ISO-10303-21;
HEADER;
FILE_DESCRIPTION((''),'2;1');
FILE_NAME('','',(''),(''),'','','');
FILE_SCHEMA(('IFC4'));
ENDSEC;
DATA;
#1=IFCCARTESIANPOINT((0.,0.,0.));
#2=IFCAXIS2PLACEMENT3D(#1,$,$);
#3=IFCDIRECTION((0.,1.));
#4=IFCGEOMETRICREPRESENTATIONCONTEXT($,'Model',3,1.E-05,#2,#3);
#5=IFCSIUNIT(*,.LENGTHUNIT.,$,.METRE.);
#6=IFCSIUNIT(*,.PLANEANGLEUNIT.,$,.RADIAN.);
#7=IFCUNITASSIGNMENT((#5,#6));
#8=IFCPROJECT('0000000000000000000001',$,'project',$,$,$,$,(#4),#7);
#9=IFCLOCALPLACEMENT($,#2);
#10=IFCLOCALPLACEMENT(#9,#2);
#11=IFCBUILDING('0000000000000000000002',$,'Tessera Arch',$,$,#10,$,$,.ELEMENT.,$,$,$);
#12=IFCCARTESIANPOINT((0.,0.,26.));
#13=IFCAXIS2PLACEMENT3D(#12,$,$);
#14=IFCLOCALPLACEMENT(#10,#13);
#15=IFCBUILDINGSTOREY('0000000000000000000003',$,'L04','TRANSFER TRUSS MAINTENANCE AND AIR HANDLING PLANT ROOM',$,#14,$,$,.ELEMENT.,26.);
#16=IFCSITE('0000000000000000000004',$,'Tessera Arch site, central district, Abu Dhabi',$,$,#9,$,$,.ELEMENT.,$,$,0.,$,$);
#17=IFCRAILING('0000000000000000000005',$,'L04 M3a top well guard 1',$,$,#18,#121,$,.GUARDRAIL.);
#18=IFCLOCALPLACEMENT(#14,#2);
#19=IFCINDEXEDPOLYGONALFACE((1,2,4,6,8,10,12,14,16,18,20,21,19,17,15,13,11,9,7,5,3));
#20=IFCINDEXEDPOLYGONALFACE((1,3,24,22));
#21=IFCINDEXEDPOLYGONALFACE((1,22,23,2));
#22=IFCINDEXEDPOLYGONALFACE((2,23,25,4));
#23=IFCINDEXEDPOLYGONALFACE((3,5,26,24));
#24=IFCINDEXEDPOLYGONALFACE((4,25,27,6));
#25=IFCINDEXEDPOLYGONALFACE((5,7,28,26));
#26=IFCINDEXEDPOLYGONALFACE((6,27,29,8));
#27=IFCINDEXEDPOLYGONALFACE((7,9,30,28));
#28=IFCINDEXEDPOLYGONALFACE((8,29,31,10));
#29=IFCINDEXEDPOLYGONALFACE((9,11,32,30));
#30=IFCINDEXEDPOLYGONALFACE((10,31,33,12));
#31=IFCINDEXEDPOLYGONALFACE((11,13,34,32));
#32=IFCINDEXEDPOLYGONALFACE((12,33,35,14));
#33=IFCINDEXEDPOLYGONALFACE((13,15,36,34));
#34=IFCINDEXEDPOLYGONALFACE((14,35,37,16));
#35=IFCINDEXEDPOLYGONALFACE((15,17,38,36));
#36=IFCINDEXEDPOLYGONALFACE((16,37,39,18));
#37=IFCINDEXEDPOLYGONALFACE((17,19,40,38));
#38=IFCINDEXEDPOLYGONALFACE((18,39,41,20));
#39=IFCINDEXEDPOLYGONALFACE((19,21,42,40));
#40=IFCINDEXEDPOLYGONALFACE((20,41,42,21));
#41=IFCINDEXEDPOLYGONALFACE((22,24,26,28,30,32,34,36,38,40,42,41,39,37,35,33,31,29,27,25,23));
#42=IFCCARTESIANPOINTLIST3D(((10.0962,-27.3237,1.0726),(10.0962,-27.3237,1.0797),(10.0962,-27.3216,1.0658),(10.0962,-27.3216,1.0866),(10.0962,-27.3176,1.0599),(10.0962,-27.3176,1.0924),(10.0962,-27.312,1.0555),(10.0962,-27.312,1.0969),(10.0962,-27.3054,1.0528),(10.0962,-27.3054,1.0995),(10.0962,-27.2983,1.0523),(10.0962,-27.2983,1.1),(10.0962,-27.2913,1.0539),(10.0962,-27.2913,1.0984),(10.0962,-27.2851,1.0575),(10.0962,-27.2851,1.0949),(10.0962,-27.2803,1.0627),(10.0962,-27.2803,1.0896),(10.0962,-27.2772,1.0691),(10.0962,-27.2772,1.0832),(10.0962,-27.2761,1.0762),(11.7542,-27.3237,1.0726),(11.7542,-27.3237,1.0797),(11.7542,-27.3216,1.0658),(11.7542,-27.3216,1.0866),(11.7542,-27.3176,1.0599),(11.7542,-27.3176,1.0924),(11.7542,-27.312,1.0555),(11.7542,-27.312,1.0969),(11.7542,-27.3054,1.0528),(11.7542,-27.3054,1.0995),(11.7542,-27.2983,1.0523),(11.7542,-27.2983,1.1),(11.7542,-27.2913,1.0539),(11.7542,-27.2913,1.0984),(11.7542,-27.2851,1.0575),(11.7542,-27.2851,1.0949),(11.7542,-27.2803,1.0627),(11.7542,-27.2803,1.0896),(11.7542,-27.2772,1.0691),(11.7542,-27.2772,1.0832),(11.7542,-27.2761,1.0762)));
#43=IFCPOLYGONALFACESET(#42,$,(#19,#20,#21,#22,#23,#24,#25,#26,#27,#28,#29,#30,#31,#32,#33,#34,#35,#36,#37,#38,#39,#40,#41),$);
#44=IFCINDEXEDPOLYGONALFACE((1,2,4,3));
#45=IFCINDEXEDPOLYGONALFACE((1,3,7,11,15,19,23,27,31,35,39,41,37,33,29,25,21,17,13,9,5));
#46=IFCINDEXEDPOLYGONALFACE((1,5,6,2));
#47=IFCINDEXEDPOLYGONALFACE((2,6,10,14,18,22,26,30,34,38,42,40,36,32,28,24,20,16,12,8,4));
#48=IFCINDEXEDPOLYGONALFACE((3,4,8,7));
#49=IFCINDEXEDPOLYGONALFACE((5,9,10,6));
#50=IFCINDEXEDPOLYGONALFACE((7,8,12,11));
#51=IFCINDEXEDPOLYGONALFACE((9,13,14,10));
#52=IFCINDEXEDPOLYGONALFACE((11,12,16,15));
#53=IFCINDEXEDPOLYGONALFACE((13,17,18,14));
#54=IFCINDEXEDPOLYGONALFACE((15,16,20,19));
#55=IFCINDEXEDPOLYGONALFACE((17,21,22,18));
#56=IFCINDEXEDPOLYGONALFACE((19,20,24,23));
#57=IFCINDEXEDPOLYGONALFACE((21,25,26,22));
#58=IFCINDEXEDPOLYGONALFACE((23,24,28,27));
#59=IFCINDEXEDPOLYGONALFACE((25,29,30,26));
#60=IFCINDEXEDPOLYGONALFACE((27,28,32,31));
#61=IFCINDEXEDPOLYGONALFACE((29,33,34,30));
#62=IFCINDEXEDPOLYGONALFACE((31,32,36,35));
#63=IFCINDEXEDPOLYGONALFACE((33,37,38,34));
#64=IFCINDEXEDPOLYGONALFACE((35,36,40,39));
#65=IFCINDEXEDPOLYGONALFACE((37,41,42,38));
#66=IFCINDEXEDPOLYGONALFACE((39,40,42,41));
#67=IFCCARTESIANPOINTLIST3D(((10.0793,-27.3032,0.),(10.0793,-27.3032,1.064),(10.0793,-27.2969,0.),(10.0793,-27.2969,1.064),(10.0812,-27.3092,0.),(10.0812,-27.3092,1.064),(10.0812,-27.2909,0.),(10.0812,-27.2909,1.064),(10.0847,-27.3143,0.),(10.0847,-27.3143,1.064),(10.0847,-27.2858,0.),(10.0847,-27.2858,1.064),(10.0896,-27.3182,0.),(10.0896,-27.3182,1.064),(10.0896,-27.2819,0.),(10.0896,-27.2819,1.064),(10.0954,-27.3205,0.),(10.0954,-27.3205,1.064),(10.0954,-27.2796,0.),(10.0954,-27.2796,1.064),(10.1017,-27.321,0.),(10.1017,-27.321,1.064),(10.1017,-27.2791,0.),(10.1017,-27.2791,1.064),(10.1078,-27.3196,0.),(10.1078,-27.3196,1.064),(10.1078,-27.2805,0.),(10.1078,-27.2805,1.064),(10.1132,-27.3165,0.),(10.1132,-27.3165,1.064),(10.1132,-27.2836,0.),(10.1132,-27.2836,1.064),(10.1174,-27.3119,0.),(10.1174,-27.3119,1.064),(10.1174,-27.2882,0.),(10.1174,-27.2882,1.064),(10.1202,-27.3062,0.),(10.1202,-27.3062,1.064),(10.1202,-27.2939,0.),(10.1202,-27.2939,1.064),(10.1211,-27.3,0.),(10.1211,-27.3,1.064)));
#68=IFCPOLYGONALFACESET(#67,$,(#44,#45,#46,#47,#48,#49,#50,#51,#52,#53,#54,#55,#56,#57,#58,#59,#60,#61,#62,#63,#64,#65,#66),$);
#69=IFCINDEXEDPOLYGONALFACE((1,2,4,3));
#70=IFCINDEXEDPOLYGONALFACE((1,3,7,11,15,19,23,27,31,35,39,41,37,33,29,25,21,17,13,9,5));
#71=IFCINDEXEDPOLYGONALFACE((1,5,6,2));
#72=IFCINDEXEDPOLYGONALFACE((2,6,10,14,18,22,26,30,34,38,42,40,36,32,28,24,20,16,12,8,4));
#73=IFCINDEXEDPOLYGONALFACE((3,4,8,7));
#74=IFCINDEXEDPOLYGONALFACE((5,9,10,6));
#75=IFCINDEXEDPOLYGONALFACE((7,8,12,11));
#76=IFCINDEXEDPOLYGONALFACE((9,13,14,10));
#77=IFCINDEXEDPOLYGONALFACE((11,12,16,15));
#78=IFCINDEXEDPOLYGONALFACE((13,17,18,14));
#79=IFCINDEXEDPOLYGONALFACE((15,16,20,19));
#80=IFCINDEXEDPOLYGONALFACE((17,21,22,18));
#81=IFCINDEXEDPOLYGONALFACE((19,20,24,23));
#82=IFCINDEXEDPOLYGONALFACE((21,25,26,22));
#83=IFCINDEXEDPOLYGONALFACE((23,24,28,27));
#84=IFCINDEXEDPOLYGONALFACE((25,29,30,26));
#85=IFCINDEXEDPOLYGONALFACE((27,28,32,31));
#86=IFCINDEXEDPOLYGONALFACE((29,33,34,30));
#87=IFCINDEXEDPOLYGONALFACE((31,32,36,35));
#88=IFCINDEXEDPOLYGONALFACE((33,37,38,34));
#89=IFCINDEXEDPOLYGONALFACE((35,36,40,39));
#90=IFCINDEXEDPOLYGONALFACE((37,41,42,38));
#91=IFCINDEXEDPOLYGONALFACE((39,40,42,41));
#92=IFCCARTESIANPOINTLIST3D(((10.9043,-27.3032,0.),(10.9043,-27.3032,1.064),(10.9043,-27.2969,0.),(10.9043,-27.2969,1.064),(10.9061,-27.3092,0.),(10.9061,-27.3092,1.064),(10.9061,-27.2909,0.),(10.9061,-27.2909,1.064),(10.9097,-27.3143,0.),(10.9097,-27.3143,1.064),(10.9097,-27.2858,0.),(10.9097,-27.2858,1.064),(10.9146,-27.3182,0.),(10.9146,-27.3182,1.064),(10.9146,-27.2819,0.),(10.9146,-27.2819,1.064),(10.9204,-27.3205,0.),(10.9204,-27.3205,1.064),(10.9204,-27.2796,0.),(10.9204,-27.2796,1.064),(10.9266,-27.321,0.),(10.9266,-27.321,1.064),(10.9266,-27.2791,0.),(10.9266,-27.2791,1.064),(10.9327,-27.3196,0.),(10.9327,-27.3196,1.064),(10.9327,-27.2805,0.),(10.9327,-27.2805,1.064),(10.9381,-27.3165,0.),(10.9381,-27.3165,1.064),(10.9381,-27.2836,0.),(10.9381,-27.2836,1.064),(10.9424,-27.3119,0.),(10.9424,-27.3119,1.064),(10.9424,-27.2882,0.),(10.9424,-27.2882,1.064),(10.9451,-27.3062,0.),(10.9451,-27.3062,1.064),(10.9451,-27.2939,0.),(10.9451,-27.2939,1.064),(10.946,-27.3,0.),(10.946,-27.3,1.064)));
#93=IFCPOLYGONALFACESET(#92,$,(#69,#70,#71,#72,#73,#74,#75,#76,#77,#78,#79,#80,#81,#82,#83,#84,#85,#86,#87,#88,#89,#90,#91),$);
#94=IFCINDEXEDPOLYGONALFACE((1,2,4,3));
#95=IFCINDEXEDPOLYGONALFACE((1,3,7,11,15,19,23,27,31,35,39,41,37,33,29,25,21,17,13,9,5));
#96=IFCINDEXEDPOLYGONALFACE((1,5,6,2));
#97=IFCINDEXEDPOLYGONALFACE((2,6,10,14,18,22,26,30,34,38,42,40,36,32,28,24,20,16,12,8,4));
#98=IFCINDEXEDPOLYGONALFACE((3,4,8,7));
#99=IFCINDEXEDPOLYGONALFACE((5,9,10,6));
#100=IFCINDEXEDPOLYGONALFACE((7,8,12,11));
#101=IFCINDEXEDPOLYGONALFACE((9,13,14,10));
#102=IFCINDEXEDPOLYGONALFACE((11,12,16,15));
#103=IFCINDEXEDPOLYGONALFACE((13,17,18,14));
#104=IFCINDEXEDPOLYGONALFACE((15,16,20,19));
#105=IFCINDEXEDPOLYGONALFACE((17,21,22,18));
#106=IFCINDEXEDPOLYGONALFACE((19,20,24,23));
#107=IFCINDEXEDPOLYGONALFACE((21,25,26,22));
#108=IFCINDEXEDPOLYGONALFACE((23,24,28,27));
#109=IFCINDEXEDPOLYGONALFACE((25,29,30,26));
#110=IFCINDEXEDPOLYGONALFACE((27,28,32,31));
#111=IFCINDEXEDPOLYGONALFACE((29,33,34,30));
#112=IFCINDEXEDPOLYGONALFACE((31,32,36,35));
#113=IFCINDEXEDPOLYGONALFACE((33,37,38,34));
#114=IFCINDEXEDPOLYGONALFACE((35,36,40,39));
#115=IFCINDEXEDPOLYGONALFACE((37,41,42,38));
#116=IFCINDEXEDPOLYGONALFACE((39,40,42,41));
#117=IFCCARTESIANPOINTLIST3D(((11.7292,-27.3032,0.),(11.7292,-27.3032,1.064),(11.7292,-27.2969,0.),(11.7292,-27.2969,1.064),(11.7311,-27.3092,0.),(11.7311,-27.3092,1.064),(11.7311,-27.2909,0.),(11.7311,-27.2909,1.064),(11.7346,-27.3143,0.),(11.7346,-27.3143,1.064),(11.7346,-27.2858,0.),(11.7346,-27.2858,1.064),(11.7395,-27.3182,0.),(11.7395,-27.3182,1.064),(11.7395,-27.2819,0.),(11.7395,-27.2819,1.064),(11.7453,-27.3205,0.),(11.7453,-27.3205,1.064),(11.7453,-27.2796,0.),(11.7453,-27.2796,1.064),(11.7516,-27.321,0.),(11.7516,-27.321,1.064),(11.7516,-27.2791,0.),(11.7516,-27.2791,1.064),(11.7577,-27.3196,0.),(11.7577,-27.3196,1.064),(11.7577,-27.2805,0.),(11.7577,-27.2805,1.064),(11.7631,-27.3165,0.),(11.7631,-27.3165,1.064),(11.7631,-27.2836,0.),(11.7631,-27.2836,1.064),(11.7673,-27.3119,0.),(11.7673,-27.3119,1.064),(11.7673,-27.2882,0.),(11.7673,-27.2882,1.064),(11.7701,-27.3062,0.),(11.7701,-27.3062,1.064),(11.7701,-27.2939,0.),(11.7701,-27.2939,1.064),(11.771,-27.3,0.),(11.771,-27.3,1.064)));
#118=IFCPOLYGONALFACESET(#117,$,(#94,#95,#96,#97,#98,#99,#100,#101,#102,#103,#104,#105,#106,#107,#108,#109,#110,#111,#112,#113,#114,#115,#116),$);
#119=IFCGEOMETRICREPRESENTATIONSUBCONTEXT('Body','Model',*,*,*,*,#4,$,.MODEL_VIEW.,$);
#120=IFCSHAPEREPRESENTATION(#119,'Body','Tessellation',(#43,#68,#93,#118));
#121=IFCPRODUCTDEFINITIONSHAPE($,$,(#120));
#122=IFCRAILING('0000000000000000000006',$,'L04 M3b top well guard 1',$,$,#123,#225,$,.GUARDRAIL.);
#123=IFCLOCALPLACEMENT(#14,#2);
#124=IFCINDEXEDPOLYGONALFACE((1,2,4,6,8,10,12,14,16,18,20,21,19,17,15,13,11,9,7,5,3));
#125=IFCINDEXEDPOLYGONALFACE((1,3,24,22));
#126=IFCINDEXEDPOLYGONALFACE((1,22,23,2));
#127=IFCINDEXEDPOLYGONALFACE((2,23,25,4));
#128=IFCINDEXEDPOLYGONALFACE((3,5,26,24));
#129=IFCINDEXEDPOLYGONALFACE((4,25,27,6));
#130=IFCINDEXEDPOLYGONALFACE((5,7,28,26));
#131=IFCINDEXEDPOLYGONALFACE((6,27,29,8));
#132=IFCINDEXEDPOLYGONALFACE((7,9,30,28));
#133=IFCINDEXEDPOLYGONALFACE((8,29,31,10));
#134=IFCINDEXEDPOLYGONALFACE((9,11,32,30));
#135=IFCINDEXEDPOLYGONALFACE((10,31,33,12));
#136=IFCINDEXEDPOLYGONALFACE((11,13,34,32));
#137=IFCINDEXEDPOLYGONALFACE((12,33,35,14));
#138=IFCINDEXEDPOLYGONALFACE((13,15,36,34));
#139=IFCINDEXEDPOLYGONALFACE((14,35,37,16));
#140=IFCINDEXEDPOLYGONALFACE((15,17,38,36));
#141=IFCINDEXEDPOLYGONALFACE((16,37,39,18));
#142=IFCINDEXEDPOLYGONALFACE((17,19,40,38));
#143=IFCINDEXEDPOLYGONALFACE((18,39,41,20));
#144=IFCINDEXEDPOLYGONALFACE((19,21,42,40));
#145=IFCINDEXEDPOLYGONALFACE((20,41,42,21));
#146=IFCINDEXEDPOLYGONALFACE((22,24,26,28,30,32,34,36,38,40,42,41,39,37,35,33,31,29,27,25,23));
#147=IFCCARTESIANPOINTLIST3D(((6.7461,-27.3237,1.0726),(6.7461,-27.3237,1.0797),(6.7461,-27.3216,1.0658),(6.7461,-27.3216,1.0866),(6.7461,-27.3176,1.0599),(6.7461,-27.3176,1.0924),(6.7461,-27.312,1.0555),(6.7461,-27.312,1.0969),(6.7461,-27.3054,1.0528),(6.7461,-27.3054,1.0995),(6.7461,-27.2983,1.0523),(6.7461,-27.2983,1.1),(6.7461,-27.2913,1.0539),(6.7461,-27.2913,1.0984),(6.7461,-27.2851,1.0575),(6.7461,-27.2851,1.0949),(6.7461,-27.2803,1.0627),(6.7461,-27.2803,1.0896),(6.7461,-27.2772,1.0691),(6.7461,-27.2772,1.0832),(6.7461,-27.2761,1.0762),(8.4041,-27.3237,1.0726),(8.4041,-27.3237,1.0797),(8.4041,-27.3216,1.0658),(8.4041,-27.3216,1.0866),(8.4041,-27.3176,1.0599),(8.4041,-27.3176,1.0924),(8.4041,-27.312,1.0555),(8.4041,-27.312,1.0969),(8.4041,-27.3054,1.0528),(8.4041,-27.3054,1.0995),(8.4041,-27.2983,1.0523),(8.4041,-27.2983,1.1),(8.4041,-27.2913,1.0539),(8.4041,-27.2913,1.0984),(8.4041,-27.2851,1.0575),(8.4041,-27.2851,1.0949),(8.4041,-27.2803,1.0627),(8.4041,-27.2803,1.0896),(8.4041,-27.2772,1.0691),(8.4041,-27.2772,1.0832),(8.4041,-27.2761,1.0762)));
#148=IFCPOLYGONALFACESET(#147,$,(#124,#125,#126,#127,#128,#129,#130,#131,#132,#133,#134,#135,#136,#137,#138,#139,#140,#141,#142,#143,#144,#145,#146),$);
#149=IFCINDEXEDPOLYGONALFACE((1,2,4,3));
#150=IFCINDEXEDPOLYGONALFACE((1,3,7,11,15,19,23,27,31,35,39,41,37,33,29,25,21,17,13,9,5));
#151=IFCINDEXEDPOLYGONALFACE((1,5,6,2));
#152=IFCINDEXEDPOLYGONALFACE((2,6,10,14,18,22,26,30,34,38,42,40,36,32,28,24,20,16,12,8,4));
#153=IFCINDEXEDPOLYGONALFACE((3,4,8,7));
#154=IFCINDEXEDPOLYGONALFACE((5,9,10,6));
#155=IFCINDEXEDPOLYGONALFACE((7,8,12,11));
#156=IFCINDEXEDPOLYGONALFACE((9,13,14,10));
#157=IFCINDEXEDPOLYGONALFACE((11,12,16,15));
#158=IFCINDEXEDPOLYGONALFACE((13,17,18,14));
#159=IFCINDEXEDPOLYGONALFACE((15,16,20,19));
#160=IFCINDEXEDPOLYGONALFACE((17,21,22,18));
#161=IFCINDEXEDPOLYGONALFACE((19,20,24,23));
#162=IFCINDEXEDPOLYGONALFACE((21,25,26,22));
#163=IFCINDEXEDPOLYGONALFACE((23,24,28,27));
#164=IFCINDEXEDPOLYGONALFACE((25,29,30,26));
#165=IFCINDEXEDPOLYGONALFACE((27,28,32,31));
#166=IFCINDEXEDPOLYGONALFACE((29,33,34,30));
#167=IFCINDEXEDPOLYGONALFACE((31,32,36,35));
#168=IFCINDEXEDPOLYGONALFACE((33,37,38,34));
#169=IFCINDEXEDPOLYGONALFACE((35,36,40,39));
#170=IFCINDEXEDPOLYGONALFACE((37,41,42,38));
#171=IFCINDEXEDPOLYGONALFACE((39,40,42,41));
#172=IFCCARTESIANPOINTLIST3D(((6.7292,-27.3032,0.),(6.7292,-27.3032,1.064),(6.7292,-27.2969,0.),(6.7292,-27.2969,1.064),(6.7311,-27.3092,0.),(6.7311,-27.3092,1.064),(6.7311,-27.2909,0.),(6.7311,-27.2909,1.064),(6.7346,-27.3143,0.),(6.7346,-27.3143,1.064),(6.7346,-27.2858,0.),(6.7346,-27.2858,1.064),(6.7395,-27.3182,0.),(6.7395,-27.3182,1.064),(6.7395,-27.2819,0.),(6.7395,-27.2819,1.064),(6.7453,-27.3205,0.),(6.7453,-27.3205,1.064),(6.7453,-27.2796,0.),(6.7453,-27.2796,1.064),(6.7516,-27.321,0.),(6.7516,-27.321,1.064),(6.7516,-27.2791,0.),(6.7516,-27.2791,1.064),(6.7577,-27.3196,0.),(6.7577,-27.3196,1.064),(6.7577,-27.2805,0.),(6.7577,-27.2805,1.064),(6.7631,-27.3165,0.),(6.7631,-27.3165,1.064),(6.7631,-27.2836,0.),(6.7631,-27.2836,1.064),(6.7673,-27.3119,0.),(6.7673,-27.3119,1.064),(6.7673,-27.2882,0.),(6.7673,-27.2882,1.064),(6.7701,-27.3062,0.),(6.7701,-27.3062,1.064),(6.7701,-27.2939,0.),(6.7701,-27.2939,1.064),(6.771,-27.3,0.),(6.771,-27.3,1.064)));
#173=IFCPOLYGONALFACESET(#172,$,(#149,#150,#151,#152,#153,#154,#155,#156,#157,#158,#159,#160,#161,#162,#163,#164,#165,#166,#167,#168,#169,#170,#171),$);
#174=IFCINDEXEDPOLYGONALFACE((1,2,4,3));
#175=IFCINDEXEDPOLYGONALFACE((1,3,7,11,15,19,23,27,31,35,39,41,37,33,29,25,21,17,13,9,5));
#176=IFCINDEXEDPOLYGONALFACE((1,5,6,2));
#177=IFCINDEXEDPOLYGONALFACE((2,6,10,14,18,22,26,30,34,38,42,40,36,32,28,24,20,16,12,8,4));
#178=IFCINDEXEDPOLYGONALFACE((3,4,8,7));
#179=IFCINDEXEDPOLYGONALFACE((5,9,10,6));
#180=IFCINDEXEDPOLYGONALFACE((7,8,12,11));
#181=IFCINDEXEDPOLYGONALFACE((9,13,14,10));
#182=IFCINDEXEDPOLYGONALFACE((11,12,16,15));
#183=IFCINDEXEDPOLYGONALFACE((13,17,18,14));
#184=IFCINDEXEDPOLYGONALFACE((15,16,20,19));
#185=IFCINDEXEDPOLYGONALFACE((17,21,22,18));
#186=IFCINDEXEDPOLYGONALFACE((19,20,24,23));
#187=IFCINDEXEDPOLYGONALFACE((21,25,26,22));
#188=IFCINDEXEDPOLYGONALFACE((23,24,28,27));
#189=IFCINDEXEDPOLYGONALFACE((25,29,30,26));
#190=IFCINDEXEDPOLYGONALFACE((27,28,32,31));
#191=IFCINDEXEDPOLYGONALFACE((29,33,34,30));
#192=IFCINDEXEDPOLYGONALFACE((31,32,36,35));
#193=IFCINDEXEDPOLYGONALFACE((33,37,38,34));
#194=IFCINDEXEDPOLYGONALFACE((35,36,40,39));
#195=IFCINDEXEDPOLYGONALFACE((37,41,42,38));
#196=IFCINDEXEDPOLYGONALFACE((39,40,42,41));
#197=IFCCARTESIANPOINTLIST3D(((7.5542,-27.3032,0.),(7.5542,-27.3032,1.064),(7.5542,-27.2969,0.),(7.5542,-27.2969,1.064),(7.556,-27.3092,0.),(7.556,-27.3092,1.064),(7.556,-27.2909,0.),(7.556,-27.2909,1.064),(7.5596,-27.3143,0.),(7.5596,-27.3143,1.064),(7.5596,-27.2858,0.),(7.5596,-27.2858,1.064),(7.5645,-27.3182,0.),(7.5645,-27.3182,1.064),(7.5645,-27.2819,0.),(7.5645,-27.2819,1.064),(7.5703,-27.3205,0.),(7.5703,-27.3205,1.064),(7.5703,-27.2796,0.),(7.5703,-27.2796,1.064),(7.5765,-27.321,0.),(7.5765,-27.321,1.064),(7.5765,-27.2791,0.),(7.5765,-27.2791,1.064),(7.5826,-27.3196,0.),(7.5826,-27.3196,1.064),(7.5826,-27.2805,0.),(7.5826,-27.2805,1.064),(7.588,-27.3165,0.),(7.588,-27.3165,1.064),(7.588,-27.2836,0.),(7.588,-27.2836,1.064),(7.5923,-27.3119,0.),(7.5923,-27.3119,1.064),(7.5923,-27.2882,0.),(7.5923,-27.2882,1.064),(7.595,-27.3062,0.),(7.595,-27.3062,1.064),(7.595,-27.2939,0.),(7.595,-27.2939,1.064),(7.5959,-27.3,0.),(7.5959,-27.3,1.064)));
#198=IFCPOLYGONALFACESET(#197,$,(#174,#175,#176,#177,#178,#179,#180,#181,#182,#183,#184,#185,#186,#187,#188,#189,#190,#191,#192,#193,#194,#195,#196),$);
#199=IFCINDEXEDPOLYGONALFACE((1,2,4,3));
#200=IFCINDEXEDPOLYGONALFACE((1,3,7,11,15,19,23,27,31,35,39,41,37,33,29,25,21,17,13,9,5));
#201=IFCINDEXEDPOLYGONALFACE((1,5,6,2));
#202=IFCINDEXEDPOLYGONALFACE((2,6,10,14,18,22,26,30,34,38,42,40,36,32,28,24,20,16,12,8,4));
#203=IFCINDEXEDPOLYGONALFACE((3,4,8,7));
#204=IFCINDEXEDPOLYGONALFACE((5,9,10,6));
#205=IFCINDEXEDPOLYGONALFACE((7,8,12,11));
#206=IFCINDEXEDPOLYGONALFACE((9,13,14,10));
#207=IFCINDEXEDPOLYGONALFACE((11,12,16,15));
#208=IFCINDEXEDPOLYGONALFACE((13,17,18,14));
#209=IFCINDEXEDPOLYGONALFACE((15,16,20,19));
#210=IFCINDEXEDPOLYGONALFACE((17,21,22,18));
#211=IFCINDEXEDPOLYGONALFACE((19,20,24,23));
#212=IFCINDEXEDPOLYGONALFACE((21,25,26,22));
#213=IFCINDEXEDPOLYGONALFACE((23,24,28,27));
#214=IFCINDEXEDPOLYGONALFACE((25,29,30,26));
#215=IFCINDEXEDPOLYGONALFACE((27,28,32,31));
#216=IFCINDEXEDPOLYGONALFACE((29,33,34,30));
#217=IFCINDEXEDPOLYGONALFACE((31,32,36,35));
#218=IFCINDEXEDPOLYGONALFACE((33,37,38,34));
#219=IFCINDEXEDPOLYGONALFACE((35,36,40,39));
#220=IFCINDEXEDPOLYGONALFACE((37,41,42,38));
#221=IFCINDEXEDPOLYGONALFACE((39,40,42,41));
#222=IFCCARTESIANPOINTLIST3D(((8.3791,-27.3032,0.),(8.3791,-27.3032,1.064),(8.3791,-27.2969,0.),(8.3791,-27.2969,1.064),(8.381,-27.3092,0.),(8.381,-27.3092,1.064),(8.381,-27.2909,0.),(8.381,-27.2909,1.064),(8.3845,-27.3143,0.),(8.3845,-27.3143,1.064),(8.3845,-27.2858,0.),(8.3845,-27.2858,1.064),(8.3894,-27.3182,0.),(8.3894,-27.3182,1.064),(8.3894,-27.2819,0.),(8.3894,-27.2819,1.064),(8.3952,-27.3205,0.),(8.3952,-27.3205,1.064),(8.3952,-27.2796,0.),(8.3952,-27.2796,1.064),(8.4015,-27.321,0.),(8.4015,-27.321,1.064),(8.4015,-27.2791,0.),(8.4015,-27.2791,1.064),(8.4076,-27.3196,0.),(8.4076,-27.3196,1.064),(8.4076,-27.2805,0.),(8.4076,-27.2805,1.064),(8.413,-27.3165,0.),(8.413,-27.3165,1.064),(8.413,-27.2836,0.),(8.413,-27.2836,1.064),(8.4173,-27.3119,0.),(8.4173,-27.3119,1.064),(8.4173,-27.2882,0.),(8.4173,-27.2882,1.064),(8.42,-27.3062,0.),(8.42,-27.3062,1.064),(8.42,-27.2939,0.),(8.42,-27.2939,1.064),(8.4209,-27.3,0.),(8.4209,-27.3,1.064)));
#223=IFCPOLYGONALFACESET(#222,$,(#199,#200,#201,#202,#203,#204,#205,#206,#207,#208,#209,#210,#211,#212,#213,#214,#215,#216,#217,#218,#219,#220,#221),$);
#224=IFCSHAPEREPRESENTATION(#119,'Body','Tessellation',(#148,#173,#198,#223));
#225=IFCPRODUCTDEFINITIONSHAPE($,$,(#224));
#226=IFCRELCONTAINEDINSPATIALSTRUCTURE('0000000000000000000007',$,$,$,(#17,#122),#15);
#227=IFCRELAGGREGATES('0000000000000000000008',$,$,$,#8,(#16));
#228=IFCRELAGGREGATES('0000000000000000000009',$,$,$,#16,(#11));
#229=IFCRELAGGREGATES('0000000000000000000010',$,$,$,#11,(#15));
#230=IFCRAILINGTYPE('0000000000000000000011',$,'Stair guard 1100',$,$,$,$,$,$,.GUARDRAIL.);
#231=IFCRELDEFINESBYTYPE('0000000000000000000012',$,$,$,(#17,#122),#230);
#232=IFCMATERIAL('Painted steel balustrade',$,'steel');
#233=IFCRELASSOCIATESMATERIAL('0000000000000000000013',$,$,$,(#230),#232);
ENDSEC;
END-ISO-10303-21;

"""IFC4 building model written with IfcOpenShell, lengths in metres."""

from ifc_helpers import new_model, si_unit, direction, frame, origin, origin_2d, place, context, subcontext, project, spatial, circle, extrude, material, type_object, element, save


model = new_model("IFC4")

# Units and contexts
model_context = context("Model", 3, precision=1e-05, world=origin(), true_north=direction((0.0, 1.0)))
body_context = subcontext(model_context, "Body", "Model", "MODEL_VIEW")
ifc_project = project(units=[si_unit("LENGTHUNIT", "METRE"), si_unit("PLANEANGLEUNIT", "RADIAN")], contexts=[model_context])

# Site, building, storey
site_placement = place(None, origin())
site = spatial("IfcSite", under=ifc_project, at=site_placement, Name="Tessera Arch site, central district, Abu Dhabi", CompositionType="ELEMENT", RefElevation=0.0)
building_placement = place(site_placement, origin())
building = spatial("IfcBuilding", under=site, at=building_placement, Name="Tessera Arch", CompositionType="ELEMENT")
storey_placement = place(building_placement, frame((0.0, 0.0, 26.0)))
storey = spatial("IfcBuildingStorey", under=building, at=storey_placement, Name="L04", Description="TRANSFER TRUSS MAINTENANCE AND AIR HANDLING PLANT ROOM", CompositionType="ELEMENT", Elevation=26.0)

# Railings
ifc_material_1 = material(Name="Painted steel balustrade", Category="steel")
railing_type_1 = type_object("IfcRailingType", Name="Stair guard 1100", PredefinedType="GUARDRAIL", material=ifc_material_1)
for number, where, name in (
    (1, (10.1001, -27.3, 0.0), "L04 M3a top well guard 1"),
    (2, (6.75, -27.3, 0.0), "L04 M3b top well guard 1"),
):
    element("IfcRailing", number, at=place(storey_placement, frame(where)), inside=storey, type_object=railing_type_1, Name=name, PredefinedType="GUARDRAIL", context=body_context, shape_type="SweptSolid", body=[
        extrude(circle(Radius=0.0239, at=origin_2d()), frame((-0.0039, 0.0, 1.0762), z_axis=(1.0, 0.0, 0.0), x_axis=(0.0, 1.0, 0.0)), (0.0, 0.0, 1.0), 1.658),
        extrude(circle(Radius=0.021, at=origin_2d()), origin(), (0.0, 0.0, 1.0), 1.064),
        extrude(circle(Radius=0.021, at=origin_2d()), frame((0.825, 0.0, 0.0)), (0.0, 0.0, 1.0), 1.064),
        extrude(circle(Radius=0.021, at=origin_2d()), frame((1.6499, 0.0, 0.0)), (0.0, 0.0, 1.0), 1.064),
    ])

save(model, "model.ifc")
